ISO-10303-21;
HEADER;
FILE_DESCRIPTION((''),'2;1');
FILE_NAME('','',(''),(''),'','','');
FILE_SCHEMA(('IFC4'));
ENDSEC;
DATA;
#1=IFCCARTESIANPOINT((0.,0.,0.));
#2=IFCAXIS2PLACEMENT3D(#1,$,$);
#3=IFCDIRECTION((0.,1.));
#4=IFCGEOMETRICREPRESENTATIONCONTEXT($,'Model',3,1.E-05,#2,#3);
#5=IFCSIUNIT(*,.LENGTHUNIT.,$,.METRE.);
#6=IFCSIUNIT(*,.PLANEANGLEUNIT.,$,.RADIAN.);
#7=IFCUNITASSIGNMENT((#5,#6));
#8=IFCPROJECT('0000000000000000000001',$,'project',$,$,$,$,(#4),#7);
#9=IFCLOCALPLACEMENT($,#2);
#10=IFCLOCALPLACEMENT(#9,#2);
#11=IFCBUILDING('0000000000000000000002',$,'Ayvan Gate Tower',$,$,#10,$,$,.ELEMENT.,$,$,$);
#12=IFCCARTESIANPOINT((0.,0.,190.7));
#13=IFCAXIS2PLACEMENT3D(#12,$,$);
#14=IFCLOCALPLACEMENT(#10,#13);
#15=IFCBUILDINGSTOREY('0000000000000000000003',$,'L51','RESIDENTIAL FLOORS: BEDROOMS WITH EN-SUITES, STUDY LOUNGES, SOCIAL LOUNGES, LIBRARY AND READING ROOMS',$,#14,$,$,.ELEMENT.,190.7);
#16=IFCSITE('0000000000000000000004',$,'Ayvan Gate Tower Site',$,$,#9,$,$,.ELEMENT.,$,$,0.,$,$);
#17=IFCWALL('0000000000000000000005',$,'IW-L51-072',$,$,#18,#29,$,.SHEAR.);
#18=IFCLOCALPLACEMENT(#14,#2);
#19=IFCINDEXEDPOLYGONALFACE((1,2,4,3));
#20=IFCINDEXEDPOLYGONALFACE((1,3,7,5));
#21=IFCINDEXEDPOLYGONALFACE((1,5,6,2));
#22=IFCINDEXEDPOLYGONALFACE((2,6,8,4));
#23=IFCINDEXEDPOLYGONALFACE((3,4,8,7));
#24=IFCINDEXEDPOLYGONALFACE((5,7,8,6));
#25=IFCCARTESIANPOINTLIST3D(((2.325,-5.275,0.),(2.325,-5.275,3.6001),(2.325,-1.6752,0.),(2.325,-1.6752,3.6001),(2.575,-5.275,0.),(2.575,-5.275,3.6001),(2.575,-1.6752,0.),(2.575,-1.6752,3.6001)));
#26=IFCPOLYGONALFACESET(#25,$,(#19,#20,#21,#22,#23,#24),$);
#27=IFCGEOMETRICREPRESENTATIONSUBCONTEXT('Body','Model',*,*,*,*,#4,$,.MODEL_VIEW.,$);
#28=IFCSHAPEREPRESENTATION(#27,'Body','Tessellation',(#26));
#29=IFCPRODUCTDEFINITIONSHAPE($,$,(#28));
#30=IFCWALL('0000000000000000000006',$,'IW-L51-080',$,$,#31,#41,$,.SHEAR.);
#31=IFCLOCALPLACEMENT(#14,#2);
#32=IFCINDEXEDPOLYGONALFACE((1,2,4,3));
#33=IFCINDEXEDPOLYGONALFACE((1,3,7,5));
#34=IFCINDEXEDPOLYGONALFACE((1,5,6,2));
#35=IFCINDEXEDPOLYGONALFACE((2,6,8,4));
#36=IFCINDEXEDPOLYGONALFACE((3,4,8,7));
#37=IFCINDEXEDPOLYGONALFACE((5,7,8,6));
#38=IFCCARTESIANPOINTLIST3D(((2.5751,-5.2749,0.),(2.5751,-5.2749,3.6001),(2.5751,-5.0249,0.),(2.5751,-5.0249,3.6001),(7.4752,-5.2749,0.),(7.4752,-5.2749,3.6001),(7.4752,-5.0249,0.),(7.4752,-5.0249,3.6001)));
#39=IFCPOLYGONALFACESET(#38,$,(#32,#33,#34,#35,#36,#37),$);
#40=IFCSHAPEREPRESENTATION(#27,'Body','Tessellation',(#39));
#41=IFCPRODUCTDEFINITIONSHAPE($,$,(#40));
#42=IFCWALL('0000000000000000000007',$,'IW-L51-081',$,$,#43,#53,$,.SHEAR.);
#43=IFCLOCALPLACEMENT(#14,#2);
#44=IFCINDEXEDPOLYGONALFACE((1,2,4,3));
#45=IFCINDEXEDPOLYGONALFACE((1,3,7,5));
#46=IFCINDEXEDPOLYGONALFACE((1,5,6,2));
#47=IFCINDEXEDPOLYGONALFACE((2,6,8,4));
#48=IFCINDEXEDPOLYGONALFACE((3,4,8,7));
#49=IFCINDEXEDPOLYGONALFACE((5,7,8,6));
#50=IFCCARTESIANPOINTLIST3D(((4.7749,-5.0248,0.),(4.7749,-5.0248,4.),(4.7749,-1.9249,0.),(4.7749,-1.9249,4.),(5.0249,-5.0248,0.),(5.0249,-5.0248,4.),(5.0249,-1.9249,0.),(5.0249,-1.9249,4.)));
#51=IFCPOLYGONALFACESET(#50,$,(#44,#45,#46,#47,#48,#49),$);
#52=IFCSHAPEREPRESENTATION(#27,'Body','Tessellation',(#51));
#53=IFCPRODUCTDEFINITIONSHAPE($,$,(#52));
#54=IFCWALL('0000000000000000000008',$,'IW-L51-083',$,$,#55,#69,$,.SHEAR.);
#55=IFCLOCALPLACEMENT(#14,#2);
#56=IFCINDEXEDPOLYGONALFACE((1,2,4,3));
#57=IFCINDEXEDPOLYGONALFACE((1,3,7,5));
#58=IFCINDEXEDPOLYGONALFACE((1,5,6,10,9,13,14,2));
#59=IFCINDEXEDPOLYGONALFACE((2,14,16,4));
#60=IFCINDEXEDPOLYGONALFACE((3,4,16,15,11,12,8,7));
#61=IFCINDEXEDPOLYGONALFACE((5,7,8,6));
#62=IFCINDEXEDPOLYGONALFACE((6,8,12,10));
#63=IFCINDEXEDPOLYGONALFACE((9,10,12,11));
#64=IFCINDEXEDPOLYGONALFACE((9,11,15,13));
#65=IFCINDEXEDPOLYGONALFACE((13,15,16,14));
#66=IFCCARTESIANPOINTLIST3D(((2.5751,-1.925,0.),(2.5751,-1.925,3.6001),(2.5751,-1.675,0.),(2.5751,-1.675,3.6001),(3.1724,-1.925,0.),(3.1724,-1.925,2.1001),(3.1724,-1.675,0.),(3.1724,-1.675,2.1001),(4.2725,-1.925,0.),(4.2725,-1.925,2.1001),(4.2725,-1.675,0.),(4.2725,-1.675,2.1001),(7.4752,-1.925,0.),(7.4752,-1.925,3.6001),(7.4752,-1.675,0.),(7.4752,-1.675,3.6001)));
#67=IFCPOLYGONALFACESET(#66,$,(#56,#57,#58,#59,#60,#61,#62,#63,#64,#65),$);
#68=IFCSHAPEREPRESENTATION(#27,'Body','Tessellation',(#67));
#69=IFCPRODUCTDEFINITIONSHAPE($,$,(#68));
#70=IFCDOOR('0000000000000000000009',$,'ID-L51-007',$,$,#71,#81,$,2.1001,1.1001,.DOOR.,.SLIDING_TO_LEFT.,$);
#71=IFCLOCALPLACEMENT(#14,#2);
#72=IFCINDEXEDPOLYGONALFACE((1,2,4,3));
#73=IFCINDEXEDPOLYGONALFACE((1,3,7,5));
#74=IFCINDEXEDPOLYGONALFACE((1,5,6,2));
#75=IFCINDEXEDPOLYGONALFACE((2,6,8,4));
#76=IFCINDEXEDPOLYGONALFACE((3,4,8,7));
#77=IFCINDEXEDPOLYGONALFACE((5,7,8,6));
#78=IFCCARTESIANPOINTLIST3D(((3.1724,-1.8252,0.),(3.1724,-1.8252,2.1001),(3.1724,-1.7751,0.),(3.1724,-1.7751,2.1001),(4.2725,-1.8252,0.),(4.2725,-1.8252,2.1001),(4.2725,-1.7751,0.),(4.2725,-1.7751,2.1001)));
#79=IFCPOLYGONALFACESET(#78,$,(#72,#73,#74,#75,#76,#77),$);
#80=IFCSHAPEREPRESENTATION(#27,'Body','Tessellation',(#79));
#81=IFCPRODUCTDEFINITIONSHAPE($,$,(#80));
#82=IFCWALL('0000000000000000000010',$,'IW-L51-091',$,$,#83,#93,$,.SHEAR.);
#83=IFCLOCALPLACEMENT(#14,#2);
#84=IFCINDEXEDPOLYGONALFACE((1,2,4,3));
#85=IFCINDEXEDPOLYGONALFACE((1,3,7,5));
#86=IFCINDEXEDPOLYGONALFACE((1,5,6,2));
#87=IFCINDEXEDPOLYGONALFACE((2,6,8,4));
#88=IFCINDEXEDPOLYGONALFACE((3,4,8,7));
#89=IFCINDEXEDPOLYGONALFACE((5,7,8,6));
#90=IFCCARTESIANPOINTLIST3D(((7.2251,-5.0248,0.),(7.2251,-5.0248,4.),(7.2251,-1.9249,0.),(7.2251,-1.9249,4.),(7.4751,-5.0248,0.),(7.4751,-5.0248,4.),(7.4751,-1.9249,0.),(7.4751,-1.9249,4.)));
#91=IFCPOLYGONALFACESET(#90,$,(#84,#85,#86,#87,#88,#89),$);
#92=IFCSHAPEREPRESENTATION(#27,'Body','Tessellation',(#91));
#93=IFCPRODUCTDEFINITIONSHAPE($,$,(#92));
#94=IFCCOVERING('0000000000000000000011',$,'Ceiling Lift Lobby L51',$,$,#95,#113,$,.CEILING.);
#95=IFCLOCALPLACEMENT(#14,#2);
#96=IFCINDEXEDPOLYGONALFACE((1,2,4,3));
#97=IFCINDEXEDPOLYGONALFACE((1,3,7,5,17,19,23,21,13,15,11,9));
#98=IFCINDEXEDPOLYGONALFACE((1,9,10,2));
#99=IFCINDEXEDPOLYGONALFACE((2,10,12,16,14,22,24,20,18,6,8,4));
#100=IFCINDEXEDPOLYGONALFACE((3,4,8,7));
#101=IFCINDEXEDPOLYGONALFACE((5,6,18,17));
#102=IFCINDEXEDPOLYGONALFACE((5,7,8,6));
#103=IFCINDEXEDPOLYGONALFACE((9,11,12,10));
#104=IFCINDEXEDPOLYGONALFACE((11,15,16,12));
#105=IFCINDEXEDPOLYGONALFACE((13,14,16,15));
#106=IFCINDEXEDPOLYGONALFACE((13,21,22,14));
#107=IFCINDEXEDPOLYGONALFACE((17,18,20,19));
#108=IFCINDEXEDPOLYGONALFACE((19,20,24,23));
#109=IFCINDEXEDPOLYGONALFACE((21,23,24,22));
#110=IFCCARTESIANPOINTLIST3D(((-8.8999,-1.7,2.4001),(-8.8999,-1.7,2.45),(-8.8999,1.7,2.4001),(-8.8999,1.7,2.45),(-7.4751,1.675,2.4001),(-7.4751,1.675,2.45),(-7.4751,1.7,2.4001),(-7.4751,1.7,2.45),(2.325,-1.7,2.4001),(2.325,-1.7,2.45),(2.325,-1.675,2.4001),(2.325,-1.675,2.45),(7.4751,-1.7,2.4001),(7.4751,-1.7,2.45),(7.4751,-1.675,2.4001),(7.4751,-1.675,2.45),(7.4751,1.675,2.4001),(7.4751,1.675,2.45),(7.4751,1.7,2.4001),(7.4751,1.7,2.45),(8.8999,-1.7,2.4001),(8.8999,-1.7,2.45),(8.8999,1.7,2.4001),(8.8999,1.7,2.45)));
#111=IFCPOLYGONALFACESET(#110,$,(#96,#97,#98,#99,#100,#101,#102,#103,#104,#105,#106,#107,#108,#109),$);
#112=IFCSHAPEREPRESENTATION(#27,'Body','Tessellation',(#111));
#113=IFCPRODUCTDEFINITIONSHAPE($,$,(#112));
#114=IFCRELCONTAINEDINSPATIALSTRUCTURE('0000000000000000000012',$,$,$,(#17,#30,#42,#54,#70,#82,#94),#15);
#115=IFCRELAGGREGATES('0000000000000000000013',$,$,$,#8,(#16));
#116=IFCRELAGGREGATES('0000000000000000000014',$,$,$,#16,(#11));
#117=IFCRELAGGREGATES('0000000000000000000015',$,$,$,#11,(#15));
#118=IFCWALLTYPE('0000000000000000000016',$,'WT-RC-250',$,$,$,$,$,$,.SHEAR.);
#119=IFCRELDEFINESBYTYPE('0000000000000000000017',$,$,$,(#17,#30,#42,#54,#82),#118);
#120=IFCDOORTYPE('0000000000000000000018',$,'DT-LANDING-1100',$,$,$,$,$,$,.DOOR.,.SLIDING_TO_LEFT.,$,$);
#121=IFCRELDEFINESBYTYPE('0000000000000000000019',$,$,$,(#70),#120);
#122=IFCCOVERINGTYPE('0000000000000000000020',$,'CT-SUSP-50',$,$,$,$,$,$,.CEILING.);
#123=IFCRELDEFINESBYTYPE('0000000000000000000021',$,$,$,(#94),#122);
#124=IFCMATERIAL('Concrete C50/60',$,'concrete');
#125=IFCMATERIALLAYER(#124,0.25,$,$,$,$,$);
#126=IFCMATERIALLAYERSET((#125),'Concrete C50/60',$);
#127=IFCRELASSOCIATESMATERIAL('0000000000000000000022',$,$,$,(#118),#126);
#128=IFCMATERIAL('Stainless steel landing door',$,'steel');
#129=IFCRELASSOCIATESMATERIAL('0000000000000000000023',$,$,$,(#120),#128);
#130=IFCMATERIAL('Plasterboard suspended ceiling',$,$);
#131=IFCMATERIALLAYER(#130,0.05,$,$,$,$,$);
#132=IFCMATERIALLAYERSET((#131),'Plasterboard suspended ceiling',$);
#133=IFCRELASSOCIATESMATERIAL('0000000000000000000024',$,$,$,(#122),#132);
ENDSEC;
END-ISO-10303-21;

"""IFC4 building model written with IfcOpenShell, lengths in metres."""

from ifc_helpers import new_model, si_unit, direction, frame, frame_2d, origin, place, context, subcontext, project, spatial, polyline, rectangle, outline, extrude, material, layer, layer_set, type_object, element, fill, save


model = new_model("IFC4")

# Units and contexts
model_context = context("Model", 3, precision=1e-05, world=origin(), true_north=direction((0.0, 1.0)))
body_context = subcontext(model_context, "Body", "Model", "MODEL_VIEW")
ifc_project = project(units=[si_unit("LENGTHUNIT", "METRE"), si_unit("PLANEANGLEUNIT", "RADIAN")], contexts=[model_context])

# Site, building, storey
site_placement = place(None, origin())
site = spatial("IfcSite", under=ifc_project, at=site_placement, Name="Ayvan Gate Tower Site", CompositionType="ELEMENT", RefElevation=0.0)
building_placement = place(site_placement, origin())
building = spatial("IfcBuilding", under=site, at=building_placement, Name="Ayvan Gate Tower", CompositionType="ELEMENT")
storey_placement = place(building_placement, frame((0.0, 0.0, 190.7)))
storey = spatial("IfcBuildingStorey", under=building, at=storey_placement, Name="L51", Description="RESIDENTIAL FLOORS: BEDROOMS WITH EN-SUITES, STUDY LOUNGES, SOCIAL LOUNGES, LIBRARY AND READING ROOMS", CompositionType="ELEMENT", Elevation=190.7)

# Walls
ifc_material_1 = material(Name="Concrete C50/60", Category="concrete")
ifc_layer_1 = layer(ifc_material_1, 0.25)
ifc_layer_set_1 = layer_set([ifc_layer_1], Name="Concrete C50/60")
wall_type_1 = type_object("IfcWallType", Name="WT-RC-250", PredefinedType="SHEAR", material=ifc_layer_set_1)
wall_1_placement = place(storey_placement, frame((2.45, -5.2749, 0.0), z_axis=(0.0, 0.0, 1.0), x_axis=(0.0, 1.0, 0.0)))
element("IfcWall", 1, at=wall_1_placement, inside=storey, type_object=wall_type_1, Name="IW-L51-072", PredefinedType="SHEAR", context=body_context, shape_type="SweptSolid", body=[
    extrude(rectangle(XDim=3.5999, YDim=0.25, at=frame_2d((1.7998, 0.0))), origin(), (0.0, 0.0, 1.0), 3.6001),
])
wall_2_placement = place(storey_placement, frame((2.575, -5.1499, 0.0), z_axis=(0.0, 0.0, 1.0), x_axis=(1.0, 0.0, 0.0)))
element("IfcWall", 2, at=wall_2_placement, inside=storey, type_object=wall_type_1, Name="IW-L51-080", PredefinedType="SHEAR", context=body_context, shape_type="SweptSolid", body=[
    extrude(rectangle(XDim=4.9001, YDim=0.25, at=frame_2d((2.4502, 0.0))), origin(), (0.0, 0.0, 1.0), 3.6001),
])
wall_3_placement = place(storey_placement, frame((4.8999, -1.925, 0.0), z_axis=(0.0, 0.0, 1.0), x_axis=(0.0, -1.0, 0.0)))
element("IfcWall", 3, at=wall_3_placement, inside=storey, type_object=wall_type_1, Name="IW-L51-081", PredefinedType="SHEAR", context=body_context, shape_type="SweptSolid", body=[
    extrude(rectangle(XDim=3.0999, YDim=0.25, at=frame_2d((1.5498, 0.0))), origin(), (0.0, 0.0, 1.0), 4.0),
])

# Wall, opening, door
wall_4_placement = place(storey_placement, frame((2.575, -1.8, 0.0), z_axis=(0.0, 0.0, 1.0), x_axis=(1.0, 0.0, 0.0)))
wall_4 = element("IfcWall", 4, at=wall_4_placement, inside=storey, type_object=wall_type_1, Name="IW-L51-083", PredefinedType="SHEAR", context=body_context, shape_type="SweptSolid", body=[
    extrude(rectangle(XDim=4.9001, YDim=0.25, at=frame_2d((2.4502, 0.0))), origin(), (0.0, 0.0, 1.0), 3.6001),
])
opening_1_placement = place(wall_4_placement, frame((0.5974, 0.0, 0.0)))
opening_1 = element("IfcOpeningElement", 5, at=opening_1_placement, cuts=wall_4, PredefinedType="OPENING", context=body_context, shape_type="SweptSolid", body=[
    extrude(rectangle(XDim=1.1001, YDim=2.1001, at=frame_2d((0.55, 1.05))), frame((0.0, 0.135, 0.0), z_axis=(0.0, -1.0, 0.0), x_axis=(1.0, 0.0, 0.0)), (0.0, 0.0, 1.0), 0.27),
])
ifc_material_2 = material(Name="Stainless steel landing door", Category="steel")
door_type_1 = type_object("IfcDoorType", Name="DT-LANDING-1100", OperationType="SLIDING_TO_LEFT", PredefinedType="DOOR", material=ifc_material_2)
door_1_placement = place(opening_1_placement, origin())
door_1 = element("IfcDoor", 6, at=door_1_placement, inside=storey, type_object=door_type_1, Name="ID-L51-007", OperationType="SLIDING_TO_LEFT", OverallHeight=2.1001, OverallWidth=1.1001, PredefinedType="DOOR", context=body_context, shape_type="SweptSolid", body=[
    extrude(rectangle(XDim=1.1001, YDim=2.1001, at=frame_2d((0.55, 1.05))), frame((0.0, 0.0249, 0.0), z_axis=(0.0, -1.0, 0.0), x_axis=(1.0, 0.0, 0.0)), (0.0, 0.0, 1.0), 0.05),
])
fill(opening_1, door_1)

# Wall
wall_5_placement = place(storey_placement, frame((7.3501, -1.925, 0.0), z_axis=(0.0, 0.0, 1.0), x_axis=(0.0, -1.0, 0.0)))
element("IfcWall", 7, at=wall_5_placement, inside=storey, type_object=wall_type_1, Name="IW-L51-091", PredefinedType="SHEAR", context=body_context, shape_type="SweptSolid", body=[
    extrude(rectangle(XDim=3.0999, YDim=0.25, at=frame_2d((1.5498, 0.0))), origin(), (0.0, 0.0, 1.0), 4.0),
])

# Covering
ifc_material_3 = material(Name="Plasterboard suspended ceiling")
ifc_layer_2 = layer(ifc_material_3, 0.05)
ifc_layer_set_2 = layer_set([ifc_layer_2], Name="Plasterboard suspended ceiling")
covering_type = type_object("IfcCoveringType", Name="CT-SUSP-50", PredefinedType="CEILING", material=ifc_layer_set_2)
covering_1_placement = place(storey_placement, frame((0.0, 0.0, 2.4001)))
element("IfcCovering", 8, at=covering_1_placement, inside=storey, type_object=covering_type, Name="Ceiling Lift Lobby L51", PredefinedType="CEILING", context=body_context, shape_type="SweptSolid", body=[
    extrude(outline(polyline([(7.4751, -1.675), (2.325, -1.675), (2.325, -1.7), (-8.8999, -1.7), (-8.8999, 1.7), (-7.4751, 1.7), (-7.4751, 1.675), (7.4751, 1.675), (7.4751, 1.7), (8.8999, 1.7), (8.8999, -1.7), (7.4751, -1.7), (7.4751, -1.675)])), origin(), (0.0, 0.0, 1.0), 0.0498),
])

save(model, "model.ifc")
